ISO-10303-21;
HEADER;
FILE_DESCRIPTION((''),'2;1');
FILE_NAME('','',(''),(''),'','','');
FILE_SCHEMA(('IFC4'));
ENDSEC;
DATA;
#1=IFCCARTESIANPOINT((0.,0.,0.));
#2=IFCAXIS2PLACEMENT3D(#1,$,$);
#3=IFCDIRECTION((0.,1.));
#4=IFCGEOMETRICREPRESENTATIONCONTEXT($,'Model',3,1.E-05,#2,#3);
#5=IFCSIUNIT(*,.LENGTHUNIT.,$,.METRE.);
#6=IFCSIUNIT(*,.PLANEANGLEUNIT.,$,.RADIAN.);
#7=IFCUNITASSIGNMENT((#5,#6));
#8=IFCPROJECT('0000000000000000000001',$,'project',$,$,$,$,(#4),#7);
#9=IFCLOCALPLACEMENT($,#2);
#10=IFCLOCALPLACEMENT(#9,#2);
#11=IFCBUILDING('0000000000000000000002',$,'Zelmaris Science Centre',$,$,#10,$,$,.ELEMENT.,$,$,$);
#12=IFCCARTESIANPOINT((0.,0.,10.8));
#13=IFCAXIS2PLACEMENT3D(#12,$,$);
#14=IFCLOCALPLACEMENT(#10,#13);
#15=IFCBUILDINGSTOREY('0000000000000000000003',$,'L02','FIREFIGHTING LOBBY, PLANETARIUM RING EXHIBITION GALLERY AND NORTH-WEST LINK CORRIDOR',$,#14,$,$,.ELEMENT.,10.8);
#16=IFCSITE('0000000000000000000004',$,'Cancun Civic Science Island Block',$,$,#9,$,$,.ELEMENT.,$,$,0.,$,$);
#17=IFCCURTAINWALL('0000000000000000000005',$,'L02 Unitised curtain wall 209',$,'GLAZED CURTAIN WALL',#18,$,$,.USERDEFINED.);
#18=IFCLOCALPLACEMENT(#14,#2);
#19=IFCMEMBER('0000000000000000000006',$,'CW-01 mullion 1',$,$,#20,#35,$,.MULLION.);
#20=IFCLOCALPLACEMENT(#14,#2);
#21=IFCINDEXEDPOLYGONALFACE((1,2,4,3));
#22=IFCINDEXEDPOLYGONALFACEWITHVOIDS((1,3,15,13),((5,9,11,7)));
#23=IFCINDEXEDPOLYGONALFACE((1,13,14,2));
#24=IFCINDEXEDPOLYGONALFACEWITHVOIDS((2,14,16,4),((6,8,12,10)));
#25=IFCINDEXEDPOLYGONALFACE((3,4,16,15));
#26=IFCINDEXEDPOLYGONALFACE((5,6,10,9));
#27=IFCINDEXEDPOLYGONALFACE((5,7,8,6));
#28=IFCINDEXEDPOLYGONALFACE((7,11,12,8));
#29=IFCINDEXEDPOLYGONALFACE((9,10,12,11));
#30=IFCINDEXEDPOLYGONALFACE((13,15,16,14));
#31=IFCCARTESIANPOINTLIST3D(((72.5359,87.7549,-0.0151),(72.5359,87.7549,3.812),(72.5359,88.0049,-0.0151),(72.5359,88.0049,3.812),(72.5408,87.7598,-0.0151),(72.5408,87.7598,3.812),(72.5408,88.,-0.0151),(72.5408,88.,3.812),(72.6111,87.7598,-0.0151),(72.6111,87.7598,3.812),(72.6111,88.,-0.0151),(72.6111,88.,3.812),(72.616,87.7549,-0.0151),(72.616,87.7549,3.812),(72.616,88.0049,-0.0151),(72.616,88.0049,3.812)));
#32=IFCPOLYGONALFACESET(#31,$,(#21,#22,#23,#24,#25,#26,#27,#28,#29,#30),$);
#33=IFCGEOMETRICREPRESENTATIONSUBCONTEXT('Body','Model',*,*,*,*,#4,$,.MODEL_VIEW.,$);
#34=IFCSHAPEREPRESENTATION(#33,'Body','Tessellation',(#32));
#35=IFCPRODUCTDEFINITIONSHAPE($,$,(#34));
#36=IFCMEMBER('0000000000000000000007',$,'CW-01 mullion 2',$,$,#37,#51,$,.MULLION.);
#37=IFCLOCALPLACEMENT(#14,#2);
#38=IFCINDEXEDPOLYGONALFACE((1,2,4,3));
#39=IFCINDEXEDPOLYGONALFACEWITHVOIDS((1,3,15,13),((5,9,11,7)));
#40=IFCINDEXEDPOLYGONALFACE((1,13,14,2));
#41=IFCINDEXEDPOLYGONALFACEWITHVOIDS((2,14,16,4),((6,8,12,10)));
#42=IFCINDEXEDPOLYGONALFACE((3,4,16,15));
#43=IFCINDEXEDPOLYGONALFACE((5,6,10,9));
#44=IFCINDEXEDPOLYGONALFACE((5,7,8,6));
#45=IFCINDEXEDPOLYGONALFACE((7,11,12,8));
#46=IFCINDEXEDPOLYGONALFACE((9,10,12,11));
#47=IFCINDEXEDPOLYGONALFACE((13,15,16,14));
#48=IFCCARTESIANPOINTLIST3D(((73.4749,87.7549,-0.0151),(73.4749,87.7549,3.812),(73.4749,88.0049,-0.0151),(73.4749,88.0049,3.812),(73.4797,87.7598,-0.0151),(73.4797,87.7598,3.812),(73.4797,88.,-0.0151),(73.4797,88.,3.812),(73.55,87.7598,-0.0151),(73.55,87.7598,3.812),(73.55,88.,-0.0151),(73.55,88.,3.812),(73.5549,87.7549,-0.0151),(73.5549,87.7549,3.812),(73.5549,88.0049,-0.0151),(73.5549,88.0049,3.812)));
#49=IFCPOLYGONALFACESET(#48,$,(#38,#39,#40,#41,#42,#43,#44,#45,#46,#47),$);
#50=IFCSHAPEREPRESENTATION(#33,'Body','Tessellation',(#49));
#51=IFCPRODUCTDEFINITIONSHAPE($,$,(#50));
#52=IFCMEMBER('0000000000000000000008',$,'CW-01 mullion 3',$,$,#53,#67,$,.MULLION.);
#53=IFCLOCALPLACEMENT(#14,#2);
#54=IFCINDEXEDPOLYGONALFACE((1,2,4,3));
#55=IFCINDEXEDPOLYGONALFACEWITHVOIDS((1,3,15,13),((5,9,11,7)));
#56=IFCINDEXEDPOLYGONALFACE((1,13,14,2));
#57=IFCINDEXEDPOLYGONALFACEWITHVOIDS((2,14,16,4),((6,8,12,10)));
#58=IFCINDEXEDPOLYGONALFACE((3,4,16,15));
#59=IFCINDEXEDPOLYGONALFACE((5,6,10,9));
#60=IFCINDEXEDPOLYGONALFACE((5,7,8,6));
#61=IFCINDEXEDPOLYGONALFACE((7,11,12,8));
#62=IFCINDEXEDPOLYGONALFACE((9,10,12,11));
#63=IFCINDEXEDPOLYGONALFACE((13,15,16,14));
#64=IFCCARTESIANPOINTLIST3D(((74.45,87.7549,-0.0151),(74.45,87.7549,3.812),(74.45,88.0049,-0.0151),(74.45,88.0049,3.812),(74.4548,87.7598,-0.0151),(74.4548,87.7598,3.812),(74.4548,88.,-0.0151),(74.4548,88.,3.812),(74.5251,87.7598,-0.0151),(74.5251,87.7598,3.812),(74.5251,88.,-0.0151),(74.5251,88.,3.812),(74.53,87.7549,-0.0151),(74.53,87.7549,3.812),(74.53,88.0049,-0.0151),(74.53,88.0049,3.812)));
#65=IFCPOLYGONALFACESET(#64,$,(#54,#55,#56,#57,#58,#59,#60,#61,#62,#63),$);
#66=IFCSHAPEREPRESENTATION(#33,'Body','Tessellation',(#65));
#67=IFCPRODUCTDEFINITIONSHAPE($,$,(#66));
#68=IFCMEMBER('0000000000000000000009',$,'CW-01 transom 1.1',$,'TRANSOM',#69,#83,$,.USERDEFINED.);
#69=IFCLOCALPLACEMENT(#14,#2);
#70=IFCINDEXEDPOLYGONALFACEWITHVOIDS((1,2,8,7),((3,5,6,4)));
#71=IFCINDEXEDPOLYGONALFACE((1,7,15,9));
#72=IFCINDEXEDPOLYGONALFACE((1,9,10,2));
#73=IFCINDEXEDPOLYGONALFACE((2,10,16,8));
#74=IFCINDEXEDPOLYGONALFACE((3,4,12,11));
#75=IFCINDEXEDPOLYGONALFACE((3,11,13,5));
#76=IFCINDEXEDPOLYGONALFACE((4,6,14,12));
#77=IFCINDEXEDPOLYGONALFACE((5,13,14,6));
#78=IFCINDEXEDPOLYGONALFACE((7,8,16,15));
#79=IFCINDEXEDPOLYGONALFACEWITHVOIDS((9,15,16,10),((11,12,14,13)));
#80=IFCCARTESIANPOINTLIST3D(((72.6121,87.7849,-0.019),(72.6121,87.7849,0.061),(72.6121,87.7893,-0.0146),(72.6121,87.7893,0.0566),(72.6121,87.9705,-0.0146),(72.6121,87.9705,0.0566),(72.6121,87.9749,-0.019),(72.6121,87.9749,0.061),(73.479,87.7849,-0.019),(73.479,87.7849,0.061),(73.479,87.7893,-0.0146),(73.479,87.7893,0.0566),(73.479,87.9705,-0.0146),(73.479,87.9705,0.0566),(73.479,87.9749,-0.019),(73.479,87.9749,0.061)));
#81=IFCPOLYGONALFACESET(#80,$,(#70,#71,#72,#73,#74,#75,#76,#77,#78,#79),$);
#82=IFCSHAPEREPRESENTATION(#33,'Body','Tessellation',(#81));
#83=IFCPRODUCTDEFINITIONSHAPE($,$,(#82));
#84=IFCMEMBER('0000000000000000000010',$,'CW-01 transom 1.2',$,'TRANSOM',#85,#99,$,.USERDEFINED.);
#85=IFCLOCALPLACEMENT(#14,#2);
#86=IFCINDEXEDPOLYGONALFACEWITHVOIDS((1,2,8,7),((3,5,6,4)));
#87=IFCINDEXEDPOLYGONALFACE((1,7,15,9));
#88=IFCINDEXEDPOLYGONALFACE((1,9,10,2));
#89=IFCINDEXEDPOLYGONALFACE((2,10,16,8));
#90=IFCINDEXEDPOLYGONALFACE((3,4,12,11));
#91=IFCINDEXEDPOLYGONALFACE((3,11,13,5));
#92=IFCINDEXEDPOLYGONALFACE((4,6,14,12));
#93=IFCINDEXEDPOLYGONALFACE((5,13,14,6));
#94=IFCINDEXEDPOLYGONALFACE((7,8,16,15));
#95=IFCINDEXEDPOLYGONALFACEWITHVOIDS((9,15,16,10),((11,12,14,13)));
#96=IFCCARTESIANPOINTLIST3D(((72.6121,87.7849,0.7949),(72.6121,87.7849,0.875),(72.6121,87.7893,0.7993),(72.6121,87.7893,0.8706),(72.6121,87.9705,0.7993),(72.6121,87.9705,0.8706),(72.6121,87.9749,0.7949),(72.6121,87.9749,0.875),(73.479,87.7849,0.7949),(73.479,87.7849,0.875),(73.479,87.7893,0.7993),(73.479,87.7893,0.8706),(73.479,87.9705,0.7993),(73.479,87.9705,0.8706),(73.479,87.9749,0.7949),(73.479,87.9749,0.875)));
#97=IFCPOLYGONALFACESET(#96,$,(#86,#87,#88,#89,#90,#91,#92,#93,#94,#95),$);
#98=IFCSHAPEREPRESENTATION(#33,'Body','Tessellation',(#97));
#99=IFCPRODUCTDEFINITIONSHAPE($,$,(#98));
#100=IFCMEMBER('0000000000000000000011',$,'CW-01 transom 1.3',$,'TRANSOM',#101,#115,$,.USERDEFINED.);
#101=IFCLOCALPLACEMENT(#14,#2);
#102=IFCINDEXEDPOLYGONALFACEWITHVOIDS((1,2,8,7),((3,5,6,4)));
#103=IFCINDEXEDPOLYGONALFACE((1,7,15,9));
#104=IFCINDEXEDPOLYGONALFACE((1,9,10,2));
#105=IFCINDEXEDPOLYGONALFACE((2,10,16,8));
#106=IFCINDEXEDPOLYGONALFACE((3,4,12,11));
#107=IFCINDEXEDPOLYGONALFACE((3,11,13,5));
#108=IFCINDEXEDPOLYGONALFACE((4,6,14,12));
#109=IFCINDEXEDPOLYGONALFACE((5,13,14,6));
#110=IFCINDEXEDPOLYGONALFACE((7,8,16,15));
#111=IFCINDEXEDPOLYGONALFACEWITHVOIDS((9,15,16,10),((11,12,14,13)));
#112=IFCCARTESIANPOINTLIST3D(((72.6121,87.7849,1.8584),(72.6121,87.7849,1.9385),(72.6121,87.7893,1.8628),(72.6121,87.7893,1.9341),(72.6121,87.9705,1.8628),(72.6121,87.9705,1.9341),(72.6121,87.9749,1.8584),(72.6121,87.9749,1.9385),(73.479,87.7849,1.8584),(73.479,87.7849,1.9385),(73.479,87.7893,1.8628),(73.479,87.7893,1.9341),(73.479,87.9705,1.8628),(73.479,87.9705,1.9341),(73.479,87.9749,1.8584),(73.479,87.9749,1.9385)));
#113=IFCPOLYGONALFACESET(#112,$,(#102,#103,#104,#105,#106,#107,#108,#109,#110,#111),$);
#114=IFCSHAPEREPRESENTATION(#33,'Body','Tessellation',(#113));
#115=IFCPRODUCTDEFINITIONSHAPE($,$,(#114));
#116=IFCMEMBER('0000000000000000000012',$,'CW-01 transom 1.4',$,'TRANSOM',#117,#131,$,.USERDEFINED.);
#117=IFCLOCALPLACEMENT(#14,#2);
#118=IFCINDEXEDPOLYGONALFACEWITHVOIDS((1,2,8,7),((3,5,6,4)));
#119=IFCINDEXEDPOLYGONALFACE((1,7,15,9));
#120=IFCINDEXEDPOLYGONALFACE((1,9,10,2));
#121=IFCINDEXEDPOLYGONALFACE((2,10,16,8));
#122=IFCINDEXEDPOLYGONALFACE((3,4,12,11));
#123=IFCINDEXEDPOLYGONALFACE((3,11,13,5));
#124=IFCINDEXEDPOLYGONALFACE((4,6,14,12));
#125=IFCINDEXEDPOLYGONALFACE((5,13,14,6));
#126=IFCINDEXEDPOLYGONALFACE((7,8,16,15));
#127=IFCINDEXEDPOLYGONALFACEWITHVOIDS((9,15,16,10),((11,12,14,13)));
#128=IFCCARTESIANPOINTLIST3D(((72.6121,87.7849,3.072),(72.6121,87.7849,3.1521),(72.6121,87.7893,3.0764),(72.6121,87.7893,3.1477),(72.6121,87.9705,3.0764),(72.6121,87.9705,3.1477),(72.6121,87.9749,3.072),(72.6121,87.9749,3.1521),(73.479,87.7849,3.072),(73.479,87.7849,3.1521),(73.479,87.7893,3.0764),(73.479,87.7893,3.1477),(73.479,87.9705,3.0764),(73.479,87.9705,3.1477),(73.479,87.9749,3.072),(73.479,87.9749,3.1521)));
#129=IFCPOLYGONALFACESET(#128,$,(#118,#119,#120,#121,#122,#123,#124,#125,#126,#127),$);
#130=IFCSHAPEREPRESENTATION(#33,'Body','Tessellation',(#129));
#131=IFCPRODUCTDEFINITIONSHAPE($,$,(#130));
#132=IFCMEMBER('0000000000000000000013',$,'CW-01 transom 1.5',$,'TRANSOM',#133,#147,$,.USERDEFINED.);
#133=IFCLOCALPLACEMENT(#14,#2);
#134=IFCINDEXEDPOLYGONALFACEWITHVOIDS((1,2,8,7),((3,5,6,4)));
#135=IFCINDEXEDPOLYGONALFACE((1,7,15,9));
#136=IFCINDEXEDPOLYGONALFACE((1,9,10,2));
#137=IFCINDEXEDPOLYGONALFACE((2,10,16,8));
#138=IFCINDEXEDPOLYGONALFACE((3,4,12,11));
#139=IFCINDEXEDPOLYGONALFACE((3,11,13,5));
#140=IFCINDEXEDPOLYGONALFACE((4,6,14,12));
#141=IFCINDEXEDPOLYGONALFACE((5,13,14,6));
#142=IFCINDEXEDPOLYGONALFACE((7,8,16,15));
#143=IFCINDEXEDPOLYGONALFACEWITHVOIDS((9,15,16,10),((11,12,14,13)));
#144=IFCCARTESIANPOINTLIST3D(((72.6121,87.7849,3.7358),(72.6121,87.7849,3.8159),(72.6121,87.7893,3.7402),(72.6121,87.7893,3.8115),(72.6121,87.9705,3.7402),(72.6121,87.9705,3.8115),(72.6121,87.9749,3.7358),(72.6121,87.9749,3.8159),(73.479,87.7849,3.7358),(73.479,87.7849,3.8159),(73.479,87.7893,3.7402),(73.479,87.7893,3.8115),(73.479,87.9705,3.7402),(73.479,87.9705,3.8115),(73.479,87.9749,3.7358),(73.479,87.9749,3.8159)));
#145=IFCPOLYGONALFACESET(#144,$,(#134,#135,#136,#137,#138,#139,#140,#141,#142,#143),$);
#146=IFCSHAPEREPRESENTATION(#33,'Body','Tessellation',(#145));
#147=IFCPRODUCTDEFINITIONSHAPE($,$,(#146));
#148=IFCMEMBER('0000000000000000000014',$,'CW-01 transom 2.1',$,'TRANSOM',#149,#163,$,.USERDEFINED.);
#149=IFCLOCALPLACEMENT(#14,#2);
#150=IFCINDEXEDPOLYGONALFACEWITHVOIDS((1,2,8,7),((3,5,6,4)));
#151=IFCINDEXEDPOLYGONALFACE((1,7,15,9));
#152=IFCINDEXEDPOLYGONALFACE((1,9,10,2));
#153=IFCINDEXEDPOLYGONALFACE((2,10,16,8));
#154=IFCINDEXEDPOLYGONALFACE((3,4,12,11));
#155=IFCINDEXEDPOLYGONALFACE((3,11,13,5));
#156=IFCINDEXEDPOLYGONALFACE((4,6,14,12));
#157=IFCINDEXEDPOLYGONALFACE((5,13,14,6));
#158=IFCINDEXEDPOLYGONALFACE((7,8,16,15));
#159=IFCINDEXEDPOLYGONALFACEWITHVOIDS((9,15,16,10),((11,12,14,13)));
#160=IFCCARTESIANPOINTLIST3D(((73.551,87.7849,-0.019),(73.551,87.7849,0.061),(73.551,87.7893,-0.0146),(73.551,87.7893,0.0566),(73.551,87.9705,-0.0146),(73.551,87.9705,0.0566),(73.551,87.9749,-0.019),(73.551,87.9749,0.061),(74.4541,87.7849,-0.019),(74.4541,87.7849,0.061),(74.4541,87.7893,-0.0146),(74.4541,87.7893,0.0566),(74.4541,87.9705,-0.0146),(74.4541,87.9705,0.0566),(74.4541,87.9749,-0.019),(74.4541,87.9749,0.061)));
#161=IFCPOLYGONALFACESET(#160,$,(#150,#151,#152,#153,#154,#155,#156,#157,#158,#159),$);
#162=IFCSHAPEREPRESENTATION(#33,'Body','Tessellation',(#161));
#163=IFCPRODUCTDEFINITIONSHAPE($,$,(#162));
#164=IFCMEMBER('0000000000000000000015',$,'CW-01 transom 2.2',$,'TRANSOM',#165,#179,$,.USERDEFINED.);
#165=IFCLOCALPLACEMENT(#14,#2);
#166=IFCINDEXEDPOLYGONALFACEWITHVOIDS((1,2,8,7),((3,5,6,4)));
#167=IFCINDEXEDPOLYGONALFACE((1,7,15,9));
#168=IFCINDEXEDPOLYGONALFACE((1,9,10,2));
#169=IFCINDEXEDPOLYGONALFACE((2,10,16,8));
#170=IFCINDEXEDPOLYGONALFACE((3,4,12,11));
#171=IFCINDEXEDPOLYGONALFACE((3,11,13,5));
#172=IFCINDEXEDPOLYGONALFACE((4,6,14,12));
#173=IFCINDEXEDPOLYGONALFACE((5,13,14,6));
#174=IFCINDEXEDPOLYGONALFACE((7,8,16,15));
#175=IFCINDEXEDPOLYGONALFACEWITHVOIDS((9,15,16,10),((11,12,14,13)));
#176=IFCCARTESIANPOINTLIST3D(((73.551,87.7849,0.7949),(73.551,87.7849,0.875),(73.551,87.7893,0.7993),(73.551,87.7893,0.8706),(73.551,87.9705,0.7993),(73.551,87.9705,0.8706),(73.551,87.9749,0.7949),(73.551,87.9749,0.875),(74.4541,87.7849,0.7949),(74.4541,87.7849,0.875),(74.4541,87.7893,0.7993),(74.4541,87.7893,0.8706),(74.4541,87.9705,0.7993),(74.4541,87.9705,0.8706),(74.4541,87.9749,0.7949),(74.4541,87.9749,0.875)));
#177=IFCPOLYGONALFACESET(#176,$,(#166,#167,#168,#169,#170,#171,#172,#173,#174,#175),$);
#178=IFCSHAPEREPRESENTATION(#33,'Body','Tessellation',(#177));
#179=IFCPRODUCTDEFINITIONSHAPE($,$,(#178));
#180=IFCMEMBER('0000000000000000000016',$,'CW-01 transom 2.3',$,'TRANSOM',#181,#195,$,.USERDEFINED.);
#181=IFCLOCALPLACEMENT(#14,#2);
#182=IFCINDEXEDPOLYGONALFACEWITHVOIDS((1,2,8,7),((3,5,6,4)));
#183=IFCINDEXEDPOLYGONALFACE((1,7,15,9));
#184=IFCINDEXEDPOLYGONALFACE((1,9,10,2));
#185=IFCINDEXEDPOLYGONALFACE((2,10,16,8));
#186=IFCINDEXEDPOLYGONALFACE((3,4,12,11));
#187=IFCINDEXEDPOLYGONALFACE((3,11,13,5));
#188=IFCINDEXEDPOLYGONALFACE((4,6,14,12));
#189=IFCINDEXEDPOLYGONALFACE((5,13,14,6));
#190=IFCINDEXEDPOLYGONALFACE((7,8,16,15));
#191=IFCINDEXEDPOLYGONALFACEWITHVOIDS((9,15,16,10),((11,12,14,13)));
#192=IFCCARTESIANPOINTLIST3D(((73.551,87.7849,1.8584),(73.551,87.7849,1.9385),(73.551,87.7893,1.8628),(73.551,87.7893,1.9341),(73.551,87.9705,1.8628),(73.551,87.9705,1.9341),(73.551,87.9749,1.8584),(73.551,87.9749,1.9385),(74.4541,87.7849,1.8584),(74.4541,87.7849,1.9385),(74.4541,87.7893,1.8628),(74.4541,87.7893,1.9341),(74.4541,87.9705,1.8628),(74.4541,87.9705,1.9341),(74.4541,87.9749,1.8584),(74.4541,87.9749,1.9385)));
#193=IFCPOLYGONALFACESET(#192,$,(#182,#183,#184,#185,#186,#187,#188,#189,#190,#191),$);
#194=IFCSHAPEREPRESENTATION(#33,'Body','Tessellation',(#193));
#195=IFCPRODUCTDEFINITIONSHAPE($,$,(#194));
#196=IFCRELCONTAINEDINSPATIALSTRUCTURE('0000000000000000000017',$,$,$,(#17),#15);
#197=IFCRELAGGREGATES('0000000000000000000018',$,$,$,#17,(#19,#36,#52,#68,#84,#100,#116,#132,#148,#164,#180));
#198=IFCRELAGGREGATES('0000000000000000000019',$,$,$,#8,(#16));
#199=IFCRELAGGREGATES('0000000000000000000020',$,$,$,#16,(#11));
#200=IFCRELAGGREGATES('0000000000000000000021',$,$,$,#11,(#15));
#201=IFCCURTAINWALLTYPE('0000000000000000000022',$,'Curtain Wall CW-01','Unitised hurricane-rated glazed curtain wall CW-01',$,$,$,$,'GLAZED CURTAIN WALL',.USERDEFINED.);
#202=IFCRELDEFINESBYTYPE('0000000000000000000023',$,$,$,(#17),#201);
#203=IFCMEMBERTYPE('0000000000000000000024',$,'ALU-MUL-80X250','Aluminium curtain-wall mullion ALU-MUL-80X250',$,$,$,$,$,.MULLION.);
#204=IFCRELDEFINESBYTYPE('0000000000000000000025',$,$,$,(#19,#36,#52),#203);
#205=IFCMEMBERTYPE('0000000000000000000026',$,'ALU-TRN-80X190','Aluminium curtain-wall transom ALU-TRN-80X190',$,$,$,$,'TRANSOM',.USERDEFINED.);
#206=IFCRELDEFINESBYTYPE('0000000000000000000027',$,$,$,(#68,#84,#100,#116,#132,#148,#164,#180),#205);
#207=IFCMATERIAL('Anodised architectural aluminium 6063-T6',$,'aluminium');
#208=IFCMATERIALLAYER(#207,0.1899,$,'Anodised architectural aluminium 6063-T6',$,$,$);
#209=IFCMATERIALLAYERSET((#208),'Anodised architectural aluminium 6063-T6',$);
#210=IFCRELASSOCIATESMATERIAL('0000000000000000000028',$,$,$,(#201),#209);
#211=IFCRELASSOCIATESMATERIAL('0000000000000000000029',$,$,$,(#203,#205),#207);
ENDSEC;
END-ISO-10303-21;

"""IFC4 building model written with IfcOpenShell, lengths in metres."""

from ifc_helpers import new_model, si_unit, direction, frame, origin, origin_2d, place, context, subcontext, project, spatial, hollow_rectangle, extrude, material, layer, layer_set, material_profile, profile_set, type_object, element, aggregate, save


model = new_model("IFC4")

# Units and contexts
model_context = context("Model", 3, precision=1e-05, world=origin(), true_north=direction((0.0, 1.0)))
body_context = subcontext(model_context, "Body", "Model", "MODEL_VIEW")
ifc_project = project(units=[si_unit("LENGTHUNIT", "METRE"), si_unit("PLANEANGLEUNIT", "RADIAN")], contexts=[model_context])

# Site, building, storey
site_placement = place(None, origin())
site = spatial("IfcSite", under=ifc_project, at=site_placement, Name="Cancun Civic Science Island Block", CompositionType="ELEMENT", RefElevation=0.0)
building_placement = place(site_placement, origin())
building = spatial("IfcBuilding", under=site, at=building_placement, Name="Zelmaris Science Centre", CompositionType="ELEMENT")
storey_placement = place(building_placement, frame((0.0, 0.0, 10.8)))
storey = spatial("IfcBuildingStorey", under=building, at=storey_placement, Name="L02", Description="FIREFIGHTING LOBBY, PLANETARIUM RING EXHIBITION GALLERY AND NORTH-WEST LINK CORRIDOR", CompositionType="ELEMENT", Elevation=10.8)

# Curtain wall, members
ifc_material_1 = material(Name="Anodised architectural aluminium 6063-T6", Category="aluminium")
ifc_layer_1 = layer(ifc_material_1, 0.1899, Name="Anodised architectural aluminium 6063-T6")
ifc_layer_set_1 = layer_set([ifc_layer_1], Name="Anodised architectural aluminium 6063-T6")
curtain_wall_type = type_object("IfcCurtainWallType", Name="Curtain Wall CW-01", Description="Unitised hurricane-rated glazed curtain wall CW-01", ElementType="GLAZED CURTAIN WALL", PredefinedType="USERDEFINED", material=ifc_layer_set_1)
curtain_wall_placement = place(storey_placement, origin())
curtain_wall = element("IfcCurtainWall", 1, at=curtain_wall_placement, inside=storey, type_object=curtain_wall_type, Name="L02 Unitised curtain wall 209", ObjectType="GLAZED CURTAIN WALL", PredefinedType="USERDEFINED")
ifc_material_profile_1 = material_profile(ifc_material_1, hollow_rectangle(XDim=0.0801, YDim=0.25, WallThickness=0.0049, at=origin_2d()), Name="ALU-MUL-80X250")
ifc_profile_set_1 = profile_set([ifc_material_profile_1], Name="Anodised architectural aluminium 6063-T6")
member_type_1 = type_object("IfcMemberType", Name="ALU-MUL-80X250", Description="Aluminium curtain-wall mullion ALU-MUL-80X250", PredefinedType="MULLION", material=ifc_profile_set_1)
member_1_placement = place(storey_placement, frame((72.5759, 87.8799, -0.0151), z_axis=(0.0, 0.0, 1.0), x_axis=(1.0, 0.0, 0.0)))
member_1 = element("IfcMember", 2, at=member_1_placement, type_object=member_type_1, Name="CW-01 mullion 1", PredefinedType="MULLION", context=body_context, shape_type="SweptSolid", body=[
    extrude(hollow_rectangle(XDim=0.0801, YDim=0.25, WallThickness=0.0049, at=origin_2d()), origin(), (0.0, 0.0, 1.0), 3.8271),
])
member_2_placement = place(storey_placement, frame((73.5149, 87.8799, -0.0151), z_axis=(0.0, 0.0, 1.0), x_axis=(1.0, 0.0, 0.0)))
member_2 = element("IfcMember", 3, at=member_2_placement, type_object=member_type_1, Name="CW-01 mullion 2", PredefinedType="MULLION", context=body_context, shape_type="SweptSolid", body=[
    extrude(hollow_rectangle(XDim=0.0801, YDim=0.25, WallThickness=0.0049, at=origin_2d()), origin(), (0.0, 0.0, 1.0), 3.8271),
])
member_3_placement = place(storey_placement, frame((74.49, 87.8799, -0.0151), z_axis=(0.0, 0.0, 1.0), x_axis=(1.0, 0.0, 0.0)))
member_3 = element("IfcMember", 4, at=member_3_placement, type_object=member_type_1, Name="CW-01 mullion 3", PredefinedType="MULLION", context=body_context, shape_type="SweptSolid", body=[
    extrude(hollow_rectangle(XDim=0.0801, YDim=0.25, WallThickness=0.0049, at=origin_2d()), origin(), (0.0, 0.0, 1.0), 3.8271),
])
ifc_material_profile_2 = material_profile(ifc_material_1, hollow_rectangle(XDim=0.0801, YDim=0.1899, WallThickness=0.0044, at=origin_2d()), Name="ALU-TRN-80X190")
ifc_profile_set_2 = profile_set([ifc_material_profile_2], Name="Anodised architectural aluminium 6063-T6")
member_type_2 = type_object("IfcMemberType", Name="ALU-TRN-80X190", Description="Aluminium curtain-wall transom ALU-TRN-80X190", ElementType="TRANSOM", PredefinedType="USERDEFINED", material=ifc_profile_set_2)
member_4_placement = place(storey_placement, frame((72.6121, 87.8799, 0.021), z_axis=(1.0, 0.0, 0.0), x_axis=(0.0, 0.0, 1.0)))
member_4 = element("IfcMember", 5, at=member_4_placement, type_object=member_type_2, Name="CW-01 transom 1.1", ObjectType="TRANSOM", PredefinedType="USERDEFINED", context=body_context, shape_type="SweptSolid", body=[
    extrude(hollow_rectangle(XDim=0.0801, YDim=0.1899, WallThickness=0.0044, at=origin_2d()), origin(), (0.0, 0.0, 1.0), 0.8669),
])
member_5_placement = place(storey_placement, frame((72.6121, 87.8799, 0.835), z_axis=(1.0, 0.0, 0.0), x_axis=(0.0, 0.0, 1.0)))
member_5 = element("IfcMember", 6, at=member_5_placement, type_object=member_type_2, Name="CW-01 transom 1.2", ObjectType="TRANSOM", PredefinedType="USERDEFINED", context=body_context, shape_type="SweptSolid", body=[
    extrude(hollow_rectangle(XDim=0.0801, YDim=0.1899, WallThickness=0.0044, at=origin_2d()), origin(), (0.0, 0.0, 1.0), 0.8669),
])
member_6_placement = place(storey_placement, frame((72.6121, 87.8799, 1.8984), z_axis=(1.0, 0.0, 0.0), x_axis=(0.0, 0.0, 1.0)))
member_6 = element("IfcMember", 7, at=member_6_placement, type_object=member_type_2, Name="CW-01 transom 1.3", ObjectType="TRANSOM", PredefinedType="USERDEFINED", context=body_context, shape_type="SweptSolid", body=[
    extrude(hollow_rectangle(XDim=0.0801, YDim=0.1899, WallThickness=0.0044, at=origin_2d()), origin(), (0.0, 0.0, 1.0), 0.8669),
])
member_7_placement = place(storey_placement, frame((72.6121, 87.8799, 3.1121), z_axis=(1.0, 0.0, 0.0), x_axis=(0.0, 0.0, 1.0)))
member_7 = element("IfcMember", 8, at=member_7_placement, type_object=member_type_2, Name="CW-01 transom 1.4", ObjectType="TRANSOM", PredefinedType="USERDEFINED", context=body_context, shape_type="SweptSolid", body=[
    extrude(hollow_rectangle(XDim=0.0801, YDim=0.1899, WallThickness=0.0044, at=origin_2d()), origin(), (0.0, 0.0, 1.0), 0.8669),
])
member_8_placement = place(storey_placement, frame((72.6121, 87.8799, 3.7759), z_axis=(1.0, 0.0, 0.0), x_axis=(0.0, 0.0, 1.0)))
member_8 = element("IfcMember", 9, at=member_8_placement, type_object=member_type_2, Name="CW-01 transom 1.5", ObjectType="TRANSOM", PredefinedType="USERDEFINED", context=body_context, shape_type="SweptSolid", body=[
    extrude(hollow_rectangle(XDim=0.0801, YDim=0.1899, WallThickness=0.0044, at=origin_2d()), origin(), (0.0, 0.0, 1.0), 0.8669),
])
member_9_placement = place(storey_placement, frame((73.551, 87.8799, 0.021), z_axis=(1.0, 0.0, 0.0), x_axis=(0.0, 0.0, 1.0)))
member_9 = element("IfcMember", 10, at=member_9_placement, type_object=member_type_2, Name="CW-01 transom 2.1", ObjectType="TRANSOM", PredefinedType="USERDEFINED", context=body_context, shape_type="SweptSolid", body=[
    extrude(hollow_rectangle(XDim=0.0801, YDim=0.1899, WallThickness=0.0044, at=origin_2d()), origin(), (0.0, 0.0, 1.0), 0.9031),
])
member_10_placement = place(storey_placement, frame((73.551, 87.8799, 0.835), z_axis=(1.0, 0.0, 0.0), x_axis=(0.0, 0.0, 1.0)))
member_10 = element("IfcMember", 11, at=member_10_placement, type_object=member_type_2, Name="CW-01 transom 2.2", ObjectType="TRANSOM", PredefinedType="USERDEFINED", context=body_context, shape_type="SweptSolid", body=[
    extrude(hollow_rectangle(XDim=0.0801, YDim=0.1899, WallThickness=0.0044, at=origin_2d()), origin(), (0.0, 0.0, 1.0), 0.9031),
])
member_11_placement = place(storey_placement, frame((73.551, 87.8799, 1.8984), z_axis=(1.0, 0.0, 0.0), x_axis=(0.0, 0.0, 1.0)))
member_11 = element("IfcMember", 12, at=member_11_placement, type_object=member_type_2, Name="CW-01 transom 2.3", ObjectType="TRANSOM", PredefinedType="USERDEFINED", context=body_context, shape_type="SweptSolid", body=[
    extrude(hollow_rectangle(XDim=0.0801, YDim=0.1899, WallThickness=0.0044, at=origin_2d()), origin(), (0.0, 0.0, 1.0), 0.9031),
])
aggregate(curtain_wall, [member_1, member_2, member_3, member_4, member_5, member_6, member_7, member_8, member_9, member_10, member_11])

save(model, "model.ifc")
